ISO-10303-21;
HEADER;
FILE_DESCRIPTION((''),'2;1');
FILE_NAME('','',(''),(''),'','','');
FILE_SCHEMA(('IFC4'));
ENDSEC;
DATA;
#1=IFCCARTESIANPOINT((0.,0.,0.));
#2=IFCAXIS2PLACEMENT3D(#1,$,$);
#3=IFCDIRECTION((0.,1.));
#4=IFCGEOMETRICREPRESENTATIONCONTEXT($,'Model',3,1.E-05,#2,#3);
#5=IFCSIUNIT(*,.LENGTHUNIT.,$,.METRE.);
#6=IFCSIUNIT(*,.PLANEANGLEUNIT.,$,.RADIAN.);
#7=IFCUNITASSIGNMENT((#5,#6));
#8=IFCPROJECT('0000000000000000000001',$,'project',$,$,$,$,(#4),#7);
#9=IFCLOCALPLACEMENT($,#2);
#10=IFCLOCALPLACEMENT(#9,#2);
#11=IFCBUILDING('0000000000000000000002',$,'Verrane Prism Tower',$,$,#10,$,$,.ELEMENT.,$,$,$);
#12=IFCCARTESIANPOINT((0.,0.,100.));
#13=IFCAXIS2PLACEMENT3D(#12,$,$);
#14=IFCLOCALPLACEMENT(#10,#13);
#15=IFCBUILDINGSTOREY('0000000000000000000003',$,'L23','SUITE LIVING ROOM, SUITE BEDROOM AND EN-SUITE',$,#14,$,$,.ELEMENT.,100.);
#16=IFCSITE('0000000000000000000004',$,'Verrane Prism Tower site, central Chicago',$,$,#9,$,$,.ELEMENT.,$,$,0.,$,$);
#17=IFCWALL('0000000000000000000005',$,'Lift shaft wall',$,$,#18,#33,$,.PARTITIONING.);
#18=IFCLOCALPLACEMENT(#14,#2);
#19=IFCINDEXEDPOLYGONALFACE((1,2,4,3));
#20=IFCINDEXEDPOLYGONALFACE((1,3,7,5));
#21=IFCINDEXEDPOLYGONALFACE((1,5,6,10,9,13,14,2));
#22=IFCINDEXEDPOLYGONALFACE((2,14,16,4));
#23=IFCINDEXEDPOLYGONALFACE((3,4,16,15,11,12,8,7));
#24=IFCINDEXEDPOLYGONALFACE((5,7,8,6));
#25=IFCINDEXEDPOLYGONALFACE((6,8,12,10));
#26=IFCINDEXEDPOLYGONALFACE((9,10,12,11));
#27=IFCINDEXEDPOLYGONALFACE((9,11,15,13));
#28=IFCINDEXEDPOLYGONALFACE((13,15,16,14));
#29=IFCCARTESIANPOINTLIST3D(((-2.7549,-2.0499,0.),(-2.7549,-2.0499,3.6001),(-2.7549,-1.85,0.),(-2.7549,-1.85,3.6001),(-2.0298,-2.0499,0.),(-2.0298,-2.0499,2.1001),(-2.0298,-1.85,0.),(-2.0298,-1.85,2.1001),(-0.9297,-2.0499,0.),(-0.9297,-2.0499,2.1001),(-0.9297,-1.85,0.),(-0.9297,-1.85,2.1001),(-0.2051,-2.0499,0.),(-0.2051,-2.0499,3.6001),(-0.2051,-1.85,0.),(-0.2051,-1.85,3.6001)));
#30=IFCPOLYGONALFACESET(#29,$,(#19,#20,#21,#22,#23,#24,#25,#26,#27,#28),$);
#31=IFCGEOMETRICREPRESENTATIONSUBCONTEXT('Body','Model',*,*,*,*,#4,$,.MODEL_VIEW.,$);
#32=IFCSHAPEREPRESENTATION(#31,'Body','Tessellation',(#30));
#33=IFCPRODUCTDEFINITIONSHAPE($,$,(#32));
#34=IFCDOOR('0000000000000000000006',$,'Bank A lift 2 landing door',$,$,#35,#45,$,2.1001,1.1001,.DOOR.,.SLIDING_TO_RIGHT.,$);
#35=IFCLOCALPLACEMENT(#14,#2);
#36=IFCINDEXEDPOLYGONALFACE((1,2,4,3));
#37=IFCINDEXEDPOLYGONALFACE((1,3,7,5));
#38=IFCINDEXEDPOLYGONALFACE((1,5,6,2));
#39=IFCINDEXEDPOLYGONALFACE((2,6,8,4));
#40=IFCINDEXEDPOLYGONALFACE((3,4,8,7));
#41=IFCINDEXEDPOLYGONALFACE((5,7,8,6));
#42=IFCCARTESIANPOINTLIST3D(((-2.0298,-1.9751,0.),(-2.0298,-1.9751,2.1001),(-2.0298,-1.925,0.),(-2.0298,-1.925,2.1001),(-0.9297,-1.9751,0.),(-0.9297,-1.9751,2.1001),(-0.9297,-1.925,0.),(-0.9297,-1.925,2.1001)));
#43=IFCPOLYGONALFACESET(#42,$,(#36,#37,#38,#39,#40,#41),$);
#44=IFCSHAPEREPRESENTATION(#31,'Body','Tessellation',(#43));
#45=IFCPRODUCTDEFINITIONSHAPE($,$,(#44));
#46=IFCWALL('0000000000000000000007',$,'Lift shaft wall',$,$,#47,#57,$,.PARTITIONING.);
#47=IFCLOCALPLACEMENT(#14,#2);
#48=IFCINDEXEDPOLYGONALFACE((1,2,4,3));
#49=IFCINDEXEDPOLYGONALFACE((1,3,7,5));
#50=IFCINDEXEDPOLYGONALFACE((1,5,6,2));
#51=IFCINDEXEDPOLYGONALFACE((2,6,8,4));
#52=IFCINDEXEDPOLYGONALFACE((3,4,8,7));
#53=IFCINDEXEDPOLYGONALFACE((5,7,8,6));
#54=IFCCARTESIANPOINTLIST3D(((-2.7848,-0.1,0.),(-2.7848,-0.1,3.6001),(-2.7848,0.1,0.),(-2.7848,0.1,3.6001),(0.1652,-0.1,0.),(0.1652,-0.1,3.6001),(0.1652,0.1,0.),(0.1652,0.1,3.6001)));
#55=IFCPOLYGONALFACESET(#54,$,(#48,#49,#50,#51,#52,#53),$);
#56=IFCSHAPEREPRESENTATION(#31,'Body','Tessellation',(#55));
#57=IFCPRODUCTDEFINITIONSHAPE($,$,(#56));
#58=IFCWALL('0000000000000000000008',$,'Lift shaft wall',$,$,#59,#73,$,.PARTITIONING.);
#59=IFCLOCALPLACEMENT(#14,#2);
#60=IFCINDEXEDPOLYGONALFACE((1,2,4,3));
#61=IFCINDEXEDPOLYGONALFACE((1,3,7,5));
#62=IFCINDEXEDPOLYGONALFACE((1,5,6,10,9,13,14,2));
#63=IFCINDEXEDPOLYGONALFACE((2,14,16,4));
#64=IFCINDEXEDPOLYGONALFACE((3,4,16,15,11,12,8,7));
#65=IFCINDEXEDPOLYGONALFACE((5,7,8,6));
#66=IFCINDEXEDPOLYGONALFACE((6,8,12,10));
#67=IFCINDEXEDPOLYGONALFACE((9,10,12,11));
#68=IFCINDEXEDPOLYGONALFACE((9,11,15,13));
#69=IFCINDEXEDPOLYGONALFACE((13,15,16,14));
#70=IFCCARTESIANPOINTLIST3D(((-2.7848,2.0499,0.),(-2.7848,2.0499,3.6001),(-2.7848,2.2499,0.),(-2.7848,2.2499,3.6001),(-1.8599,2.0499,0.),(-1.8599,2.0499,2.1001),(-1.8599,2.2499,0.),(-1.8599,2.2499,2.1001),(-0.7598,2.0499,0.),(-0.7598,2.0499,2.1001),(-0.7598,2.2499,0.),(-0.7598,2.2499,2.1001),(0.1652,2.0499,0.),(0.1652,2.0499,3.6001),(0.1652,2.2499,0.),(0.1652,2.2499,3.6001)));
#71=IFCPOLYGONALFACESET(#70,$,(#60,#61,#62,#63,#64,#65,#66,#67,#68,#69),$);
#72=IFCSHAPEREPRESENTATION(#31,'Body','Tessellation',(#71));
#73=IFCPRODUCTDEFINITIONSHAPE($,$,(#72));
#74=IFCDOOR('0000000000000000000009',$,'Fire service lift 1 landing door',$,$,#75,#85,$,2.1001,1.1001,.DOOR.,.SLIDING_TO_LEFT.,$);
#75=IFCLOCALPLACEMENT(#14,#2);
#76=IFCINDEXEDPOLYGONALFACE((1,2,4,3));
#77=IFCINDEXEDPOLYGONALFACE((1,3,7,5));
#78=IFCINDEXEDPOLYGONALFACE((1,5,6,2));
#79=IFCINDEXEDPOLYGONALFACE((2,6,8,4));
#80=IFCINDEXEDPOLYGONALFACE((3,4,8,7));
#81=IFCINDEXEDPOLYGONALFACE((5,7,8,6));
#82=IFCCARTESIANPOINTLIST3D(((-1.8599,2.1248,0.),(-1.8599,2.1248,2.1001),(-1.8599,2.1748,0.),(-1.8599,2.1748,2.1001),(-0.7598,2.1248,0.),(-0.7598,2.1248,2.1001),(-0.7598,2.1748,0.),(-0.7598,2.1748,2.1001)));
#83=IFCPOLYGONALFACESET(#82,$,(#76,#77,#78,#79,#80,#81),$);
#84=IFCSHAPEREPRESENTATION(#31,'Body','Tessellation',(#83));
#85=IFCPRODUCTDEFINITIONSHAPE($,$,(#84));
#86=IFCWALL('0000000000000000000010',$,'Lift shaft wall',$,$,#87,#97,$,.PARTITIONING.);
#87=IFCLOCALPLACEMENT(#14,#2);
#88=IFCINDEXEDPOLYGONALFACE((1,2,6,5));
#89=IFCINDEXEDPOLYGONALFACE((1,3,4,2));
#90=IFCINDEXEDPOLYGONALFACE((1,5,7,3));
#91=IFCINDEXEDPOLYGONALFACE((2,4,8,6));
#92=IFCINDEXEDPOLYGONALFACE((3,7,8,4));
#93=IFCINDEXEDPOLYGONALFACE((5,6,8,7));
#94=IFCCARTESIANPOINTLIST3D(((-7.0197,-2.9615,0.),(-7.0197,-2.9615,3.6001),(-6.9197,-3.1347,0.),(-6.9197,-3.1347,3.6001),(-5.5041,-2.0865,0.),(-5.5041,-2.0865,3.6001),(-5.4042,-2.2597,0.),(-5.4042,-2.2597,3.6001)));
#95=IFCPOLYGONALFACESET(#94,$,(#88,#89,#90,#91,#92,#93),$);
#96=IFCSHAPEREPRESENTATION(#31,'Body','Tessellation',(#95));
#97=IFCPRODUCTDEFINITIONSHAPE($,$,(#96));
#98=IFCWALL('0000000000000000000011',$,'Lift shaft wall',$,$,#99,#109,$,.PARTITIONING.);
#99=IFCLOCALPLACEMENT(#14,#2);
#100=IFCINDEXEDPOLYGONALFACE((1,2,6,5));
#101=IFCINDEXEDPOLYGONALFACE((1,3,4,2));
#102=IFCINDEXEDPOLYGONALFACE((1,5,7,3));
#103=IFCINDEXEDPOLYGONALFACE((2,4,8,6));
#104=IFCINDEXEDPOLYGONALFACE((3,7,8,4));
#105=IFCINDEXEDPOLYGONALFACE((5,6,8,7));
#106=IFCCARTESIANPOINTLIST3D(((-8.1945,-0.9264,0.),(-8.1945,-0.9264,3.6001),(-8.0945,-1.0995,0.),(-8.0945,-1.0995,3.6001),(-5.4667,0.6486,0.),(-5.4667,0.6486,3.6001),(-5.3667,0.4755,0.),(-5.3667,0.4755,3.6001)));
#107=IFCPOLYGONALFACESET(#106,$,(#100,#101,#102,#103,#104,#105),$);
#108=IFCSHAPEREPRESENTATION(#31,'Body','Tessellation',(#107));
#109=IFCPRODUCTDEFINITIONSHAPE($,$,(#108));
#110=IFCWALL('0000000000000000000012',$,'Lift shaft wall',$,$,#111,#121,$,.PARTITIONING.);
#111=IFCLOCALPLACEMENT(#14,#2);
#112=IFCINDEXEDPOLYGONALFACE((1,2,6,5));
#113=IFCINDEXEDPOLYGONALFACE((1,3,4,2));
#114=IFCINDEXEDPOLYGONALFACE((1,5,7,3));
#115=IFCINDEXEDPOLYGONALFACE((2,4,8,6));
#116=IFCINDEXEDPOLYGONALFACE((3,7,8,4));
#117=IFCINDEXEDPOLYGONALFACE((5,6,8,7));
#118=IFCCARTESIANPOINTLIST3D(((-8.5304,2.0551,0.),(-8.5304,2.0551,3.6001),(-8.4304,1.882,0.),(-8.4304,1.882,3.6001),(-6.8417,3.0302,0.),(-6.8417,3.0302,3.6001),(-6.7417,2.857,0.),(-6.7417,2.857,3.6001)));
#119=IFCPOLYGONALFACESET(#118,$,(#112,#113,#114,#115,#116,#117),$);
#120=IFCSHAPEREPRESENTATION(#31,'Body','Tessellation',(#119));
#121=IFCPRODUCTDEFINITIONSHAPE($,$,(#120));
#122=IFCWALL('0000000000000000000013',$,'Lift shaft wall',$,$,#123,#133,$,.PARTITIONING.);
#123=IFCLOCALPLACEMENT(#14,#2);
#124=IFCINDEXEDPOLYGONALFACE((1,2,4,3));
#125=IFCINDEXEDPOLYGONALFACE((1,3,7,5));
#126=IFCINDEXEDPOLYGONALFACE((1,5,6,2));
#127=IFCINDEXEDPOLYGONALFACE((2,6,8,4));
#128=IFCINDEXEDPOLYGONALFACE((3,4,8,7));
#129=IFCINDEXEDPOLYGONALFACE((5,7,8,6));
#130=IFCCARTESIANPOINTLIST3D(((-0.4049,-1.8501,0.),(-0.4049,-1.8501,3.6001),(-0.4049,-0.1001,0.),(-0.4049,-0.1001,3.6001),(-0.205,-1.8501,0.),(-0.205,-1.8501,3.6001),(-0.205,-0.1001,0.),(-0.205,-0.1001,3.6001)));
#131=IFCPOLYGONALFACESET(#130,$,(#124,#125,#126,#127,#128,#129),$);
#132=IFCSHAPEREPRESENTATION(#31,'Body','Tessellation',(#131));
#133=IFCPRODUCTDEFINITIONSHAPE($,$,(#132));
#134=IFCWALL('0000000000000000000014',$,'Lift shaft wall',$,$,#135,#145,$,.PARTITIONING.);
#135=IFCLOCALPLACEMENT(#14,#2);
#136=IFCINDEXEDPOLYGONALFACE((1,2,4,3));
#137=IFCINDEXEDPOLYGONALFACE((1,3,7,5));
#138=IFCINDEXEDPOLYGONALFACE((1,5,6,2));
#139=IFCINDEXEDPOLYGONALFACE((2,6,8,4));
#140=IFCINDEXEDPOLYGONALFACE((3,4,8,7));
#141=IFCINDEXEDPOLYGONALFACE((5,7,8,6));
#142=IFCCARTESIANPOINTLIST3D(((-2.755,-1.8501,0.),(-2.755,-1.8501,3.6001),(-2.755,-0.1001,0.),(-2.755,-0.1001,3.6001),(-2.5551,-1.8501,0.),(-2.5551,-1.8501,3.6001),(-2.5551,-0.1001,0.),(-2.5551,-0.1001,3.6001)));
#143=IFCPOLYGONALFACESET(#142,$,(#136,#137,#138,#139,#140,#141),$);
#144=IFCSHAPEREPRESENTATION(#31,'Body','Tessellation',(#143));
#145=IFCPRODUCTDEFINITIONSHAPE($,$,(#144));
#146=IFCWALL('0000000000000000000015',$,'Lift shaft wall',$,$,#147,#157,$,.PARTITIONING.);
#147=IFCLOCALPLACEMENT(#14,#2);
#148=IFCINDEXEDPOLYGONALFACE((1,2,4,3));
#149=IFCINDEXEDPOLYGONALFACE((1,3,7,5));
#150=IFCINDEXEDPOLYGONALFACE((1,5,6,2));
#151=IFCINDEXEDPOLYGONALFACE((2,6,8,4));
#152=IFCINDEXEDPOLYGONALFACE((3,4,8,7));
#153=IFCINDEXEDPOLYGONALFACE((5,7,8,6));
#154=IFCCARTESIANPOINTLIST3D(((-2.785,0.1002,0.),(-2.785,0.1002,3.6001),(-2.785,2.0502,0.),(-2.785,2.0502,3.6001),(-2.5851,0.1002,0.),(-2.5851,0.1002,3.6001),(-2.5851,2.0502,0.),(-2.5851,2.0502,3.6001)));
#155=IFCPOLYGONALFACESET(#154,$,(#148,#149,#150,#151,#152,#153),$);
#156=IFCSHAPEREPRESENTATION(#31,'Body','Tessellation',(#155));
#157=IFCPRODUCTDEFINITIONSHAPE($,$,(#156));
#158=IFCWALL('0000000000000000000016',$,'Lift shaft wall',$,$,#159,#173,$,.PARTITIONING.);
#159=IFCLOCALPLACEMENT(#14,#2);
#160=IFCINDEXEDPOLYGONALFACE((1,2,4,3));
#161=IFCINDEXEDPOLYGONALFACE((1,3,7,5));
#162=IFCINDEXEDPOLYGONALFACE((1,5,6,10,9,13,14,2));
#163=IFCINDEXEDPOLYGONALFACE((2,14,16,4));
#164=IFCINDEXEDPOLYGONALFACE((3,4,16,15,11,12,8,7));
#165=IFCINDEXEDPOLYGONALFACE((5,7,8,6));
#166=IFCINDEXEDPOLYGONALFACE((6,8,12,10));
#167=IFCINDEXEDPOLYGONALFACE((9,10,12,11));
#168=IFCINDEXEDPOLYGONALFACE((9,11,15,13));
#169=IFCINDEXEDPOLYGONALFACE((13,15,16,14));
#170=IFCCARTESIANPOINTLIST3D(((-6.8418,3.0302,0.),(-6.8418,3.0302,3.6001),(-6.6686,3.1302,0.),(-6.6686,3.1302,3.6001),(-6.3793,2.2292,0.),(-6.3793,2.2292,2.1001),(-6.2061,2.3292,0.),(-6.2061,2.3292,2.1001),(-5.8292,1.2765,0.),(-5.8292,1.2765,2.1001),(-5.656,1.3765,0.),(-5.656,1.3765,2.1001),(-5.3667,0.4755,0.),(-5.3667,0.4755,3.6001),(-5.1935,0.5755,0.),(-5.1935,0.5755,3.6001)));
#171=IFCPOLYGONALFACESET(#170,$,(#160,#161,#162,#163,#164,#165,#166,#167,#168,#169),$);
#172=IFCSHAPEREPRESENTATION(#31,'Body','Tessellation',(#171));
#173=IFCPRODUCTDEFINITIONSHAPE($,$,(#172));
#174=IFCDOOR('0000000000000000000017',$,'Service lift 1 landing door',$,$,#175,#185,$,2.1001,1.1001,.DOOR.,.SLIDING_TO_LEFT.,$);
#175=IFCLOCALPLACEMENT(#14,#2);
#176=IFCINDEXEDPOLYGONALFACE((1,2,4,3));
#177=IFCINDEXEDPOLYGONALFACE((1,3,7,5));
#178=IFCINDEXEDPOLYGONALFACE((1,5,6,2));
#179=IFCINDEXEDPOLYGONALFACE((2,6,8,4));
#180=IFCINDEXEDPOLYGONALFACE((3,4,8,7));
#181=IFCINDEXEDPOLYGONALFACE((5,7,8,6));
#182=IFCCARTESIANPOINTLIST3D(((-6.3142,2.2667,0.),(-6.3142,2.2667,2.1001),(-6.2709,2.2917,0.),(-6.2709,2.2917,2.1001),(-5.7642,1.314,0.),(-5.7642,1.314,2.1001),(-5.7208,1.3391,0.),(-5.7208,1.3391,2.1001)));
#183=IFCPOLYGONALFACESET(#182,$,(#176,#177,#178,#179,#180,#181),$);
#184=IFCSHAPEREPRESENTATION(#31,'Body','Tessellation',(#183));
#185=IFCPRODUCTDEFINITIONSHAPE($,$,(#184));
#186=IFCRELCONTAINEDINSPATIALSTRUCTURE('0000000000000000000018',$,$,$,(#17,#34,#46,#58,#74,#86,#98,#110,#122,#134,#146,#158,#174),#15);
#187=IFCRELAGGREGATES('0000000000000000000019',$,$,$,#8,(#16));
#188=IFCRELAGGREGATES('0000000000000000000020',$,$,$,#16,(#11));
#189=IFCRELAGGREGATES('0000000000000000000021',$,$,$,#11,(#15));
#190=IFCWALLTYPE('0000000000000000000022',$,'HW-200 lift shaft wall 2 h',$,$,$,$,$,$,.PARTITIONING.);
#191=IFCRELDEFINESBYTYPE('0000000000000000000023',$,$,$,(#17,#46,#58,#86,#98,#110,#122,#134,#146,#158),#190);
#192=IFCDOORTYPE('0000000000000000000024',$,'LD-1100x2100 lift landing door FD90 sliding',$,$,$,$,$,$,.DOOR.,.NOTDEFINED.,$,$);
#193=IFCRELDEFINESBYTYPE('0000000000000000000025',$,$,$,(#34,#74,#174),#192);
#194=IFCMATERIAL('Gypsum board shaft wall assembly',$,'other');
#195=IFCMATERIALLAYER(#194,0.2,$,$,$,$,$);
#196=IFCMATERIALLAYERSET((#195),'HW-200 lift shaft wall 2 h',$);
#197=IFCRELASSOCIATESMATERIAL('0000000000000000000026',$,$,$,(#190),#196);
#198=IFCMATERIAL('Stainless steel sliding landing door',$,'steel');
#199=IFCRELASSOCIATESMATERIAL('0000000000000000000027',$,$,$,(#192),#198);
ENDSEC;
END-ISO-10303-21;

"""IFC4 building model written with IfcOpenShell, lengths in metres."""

from ifc_helpers import new_model, si_unit, direction, frame, frame_2d, origin, place, context, subcontext, project, spatial, rectangle, extrude, material, layer, layer_set, type_object, element, fill, save


model = new_model("IFC4")

# Units and contexts
model_context = context("Model", 3, precision=1e-05, world=origin(), true_north=direction((0.0, 1.0)))
body_context = subcontext(model_context, "Body", "Model", "MODEL_VIEW")
ifc_project = project(units=[si_unit("LENGTHUNIT", "METRE"), si_unit("PLANEANGLEUNIT", "RADIAN")], contexts=[model_context])

# Site, building, storey
site_placement = place(None, origin())
site = spatial("IfcSite", under=ifc_project, at=site_placement, Name="Verrane Prism Tower site, central Chicago", CompositionType="ELEMENT", RefElevation=0.0)
building_placement = place(site_placement, origin())
building = spatial("IfcBuilding", under=site, at=building_placement, Name="Verrane Prism Tower", CompositionType="ELEMENT")
storey_placement = place(building_placement, frame((0.0, 0.0, 100.0)))
storey = spatial("IfcBuildingStorey", under=building, at=storey_placement, Name="L23", Description="SUITE LIVING ROOM, SUITE BEDROOM AND EN-SUITE", CompositionType="ELEMENT", Elevation=100.0)

# Wall, opening, door
ifc_material_1 = material(Name="Gypsum board shaft wall assembly", Category="other")
ifc_layer_1 = layer(ifc_material_1, 0.2)
ifc_layer_set_1 = layer_set([ifc_layer_1], Name="HW-200 lift shaft wall 2 h")
wall_type_1 = type_object("IfcWallType", Name="HW-200 lift shaft wall 2 h", PredefinedType="PARTITIONING", material=ifc_layer_set_1)
wall_1_placement = place(storey_placement, frame((-2.7549, -1.95, 0.0), z_axis=(0.0, 0.0, 1.0), x_axis=(1.0, 0.0, 0.0)))
wall_1 = element("IfcWall", 1, at=wall_1_placement, inside=storey, type_object=wall_type_1, Name="Lift shaft wall", PredefinedType="PARTITIONING", context=body_context, shape_type="SweptSolid", body=[
    extrude(rectangle(XDim=2.5498, YDim=0.2, at=frame_2d((1.2749, 0.0))), origin(), (0.0, 0.0, 1.0), 3.6001),
])
opening_1_placement = place(wall_1_placement, frame((0.7251, 0.0, 0.0)))
opening_1 = element("IfcOpeningElement", 2, at=opening_1_placement, cuts=wall_1, PredefinedType="OPENING", context=body_context, shape_type="SweptSolid", body=[
    extrude(rectangle(XDim=1.1001, YDim=2.1001, at=frame_2d((0.55, 1.05))), frame((0.0, 0.1099, 0.0), z_axis=(0.0, -1.0, 0.0), x_axis=(1.0, 0.0, 0.0)), (0.0, 0.0, 1.0), 0.22),
])
ifc_material_2 = material(Name="Stainless steel sliding landing door", Category="steel")
door_type_1 = type_object("IfcDoorType", Name="LD-1100x2100 lift landing door FD90 sliding", OperationType="NOTDEFINED", PredefinedType="DOOR", material=ifc_material_2)
door_1_placement = place(opening_1_placement, origin())
door_1 = element("IfcDoor", 3, at=door_1_placement, inside=storey, type_object=door_type_1, Name="Bank A lift 2 landing door", OperationType="SLIDING_TO_RIGHT", OverallHeight=2.1001, OverallWidth=1.1001, PredefinedType="DOOR", context=body_context, shape_type="SweptSolid", body=[
    extrude(rectangle(XDim=1.1001, YDim=2.1001, at=frame_2d((0.55, 1.05))), frame((0.0, 0.0249, 0.0), z_axis=(0.0, -1.0, 0.0), x_axis=(1.0, 0.0, 0.0)), (0.0, 0.0, 1.0), 0.05),
])
fill(opening_1, door_1)

# Wall
wall_2_placement = place(storey_placement, frame((-2.7849, 0.0, 0.0), z_axis=(0.0, 0.0, 1.0), x_axis=(1.0, 0.0, 0.0)))
element("IfcWall", 4, at=wall_2_placement, inside=storey, type_object=wall_type_1, Name="Lift shaft wall", PredefinedType="PARTITIONING", context=body_context, shape_type="SweptSolid", body=[
    extrude(rectangle(XDim=2.95, YDim=0.2, at=frame_2d((1.4751, 0.0))), origin(), (0.0, 0.0, 1.0), 3.6001),
])

# Wall, opening, door
wall_3_placement = place(storey_placement, frame((-2.7849, 2.1499, 0.0), z_axis=(0.0, 0.0, 1.0), x_axis=(1.0, 0.0, 0.0)))
wall_3 = element("IfcWall", 5, at=wall_3_placement, inside=storey, type_object=wall_type_1, Name="Lift shaft wall", PredefinedType="PARTITIONING", context=body_context, shape_type="SweptSolid", body=[
    extrude(rectangle(XDim=2.95, YDim=0.2, at=frame_2d((1.4751, 0.0))), origin(), (0.0, 0.0, 1.0), 3.6001),
])
opening_2_placement = place(wall_3_placement, frame((0.925, 0.0, 0.0)))
opening_2 = element("IfcOpeningElement", 6, at=opening_2_placement, cuts=wall_3, PredefinedType="OPENING", context=body_context, shape_type="SweptSolid", body=[
    extrude(rectangle(XDim=1.1001, YDim=2.1001, at=frame_2d((0.55, 1.05))), frame((0.0, 0.1099, 0.0), z_axis=(0.0, -1.0, 0.0), x_axis=(1.0, 0.0, 0.0)), (0.0, 0.0, 1.0), 0.22),
])
door_2_placement = place(opening_2_placement, origin())
door_2 = element("IfcDoor", 7, at=door_2_placement, inside=storey, type_object=door_type_1, Name="Fire service lift 1 landing door", OperationType="SLIDING_TO_LEFT", OverallHeight=2.1001, OverallWidth=1.1001, PredefinedType="DOOR", context=body_context, shape_type="SweptSolid", body=[
    extrude(rectangle(XDim=1.1001, YDim=2.1001, at=frame_2d((0.55, 1.05))), frame((0.0, 0.0249, 0.0), z_axis=(0.0, -1.0, 0.0), x_axis=(1.0, 0.0, 0.0)), (0.0, 0.0, 1.0), 0.05),
])
fill(opening_2, door_2)

# Walls
wall_4_placement = place(storey_placement, frame((-6.9697, -3.0481, 0.0), z_axis=(0.0, 0.0, 1.0), x_axis=(0.866037, 0.49998, 0.0)))
element("IfcWall", 8, at=wall_4_placement, inside=storey, type_object=wall_type_1, Name="Lift shaft wall", PredefinedType="PARTITIONING", context=body_context, shape_type="SweptSolid", body=[
    extrude(rectangle(XDim=1.75, YDim=0.2, at=frame_2d((0.875, 0.0))), origin(), (0.0, 0.0, 1.0), 3.6001),
])
wall_5_placement = place(storey_placement, frame((-8.1445, -1.0129, 0.0), z_axis=(0.0, 0.0, 1.0), x_axis=(0.866016, 0.500015, 0.0)))
element("IfcWall", 9, at=wall_5_placement, inside=storey, type_object=wall_type_1, Name="Lift shaft wall", PredefinedType="PARTITIONING", context=body_context, shape_type="SweptSolid", body=[
    extrude(rectangle(XDim=3.1499, YDim=0.2, at=frame_2d((1.575, 0.0))), origin(), (0.0, 0.0, 1.0), 3.6001),
])
wall_6_placement = place(storey_placement, frame((-8.4805, 1.9685, 0.0), z_axis=(0.0, 0.0, 1.0), x_axis=(0.866, 0.500044, 0.0)))
element("IfcWall", 10, at=wall_6_placement, inside=storey, type_object=wall_type_1, Name="Lift shaft wall", PredefinedType="PARTITIONING", context=body_context, shape_type="SweptSolid", body=[
    extrude(rectangle(XDim=1.95, YDim=0.2, at=frame_2d((0.9751, 0.0))), origin(), (0.0, 0.0, 1.0), 3.6001),
])
for number, where, z_axis, x_axis, name in (
    (11, (-0.3049, -1.8501, 0.0), (0.0, 0.0, 1.0), (0.0, 1.0, 0.0), "Lift shaft wall"),
    (12, (-2.655, -1.8501, 0.0), (0.0, 0.0, 1.0), (0.0, 1.0, 0.0), "Lift shaft wall"),
):
    element("IfcWall", number, at=place(storey_placement, frame(where, z_axis=z_axis, x_axis=x_axis)), inside=storey, type_object=wall_type_1, Name=name, PredefinedType="PARTITIONING", context=body_context, shape_type="SweptSolid", body=[
        extrude(rectangle(XDim=1.75, YDim=0.2, at=frame_2d((0.875, 0.0))), origin(), (0.0, 0.0, 1.0), 3.6001),
    ])
wall_7_placement = place(storey_placement, frame((-2.6851, 0.1001, 0.0), z_axis=(0.0, 0.0, 1.0), x_axis=(0.0, 1.0, 0.0)))
element("IfcWall", 13, at=wall_7_placement, inside=storey, type_object=wall_type_1, Name="Lift shaft wall", PredefinedType="PARTITIONING", context=body_context, shape_type="SweptSolid", body=[
    extrude(rectangle(XDim=1.95, YDim=0.2, at=frame_2d((0.9751, 0.0))), origin(), (0.0, 0.0, 1.0), 3.6001),
])

# Wall, opening, door
wall_8_placement = place(storey_placement, frame((-5.28, 0.5254, 0.0), z_axis=(0.0, 0.0, 1.0), x_axis=(-0.500038, 0.866004, 0.0)))
wall_8 = element("IfcWall", 14, at=wall_8_placement, inside=storey, type_object=wall_type_1, Name="Lift shaft wall", PredefinedType="PARTITIONING", context=body_context, shape_type="SweptSolid", body=[
    extrude(rectangle(XDim=2.95, YDim=0.2, at=frame_2d((1.4751, 0.0))), origin(), (0.0, 0.0, 1.0), 3.6001),
])
opening_3_placement = place(wall_8_placement, frame((0.925, 0.0, 0.0)))
opening_3 = element("IfcOpeningElement", 15, at=opening_3_placement, cuts=wall_8, PredefinedType="OPENING", context=body_context, shape_type="SweptSolid", body=[
    extrude(rectangle(XDim=1.1001, YDim=2.1001, at=frame_2d((0.55, 1.05))), frame((0.0, 0.1099, 0.0), z_axis=(0.0, -1.0, 0.0), x_axis=(1.0, 0.0, 0.0)), (0.0, 0.0, 1.0), 0.22),
])
door_3_placement = place(opening_3_placement, origin())
door_3 = element("IfcDoor", 16, at=door_3_placement, inside=storey, type_object=door_type_1, Name="Service lift 1 landing door", OperationType="SLIDING_TO_LEFT", OverallHeight=2.1001, OverallWidth=1.1001, PredefinedType="DOOR", context=body_context, shape_type="SweptSolid", body=[
    extrude(rectangle(XDim=1.1001, YDim=2.1001, at=frame_2d((0.55, 1.05))), frame((0.0, 0.0249, 0.0), z_axis=(0.0, -1.0, 0.0), x_axis=(1.0, 0.0, 0.0)), (0.0, 0.0, 1.0), 0.05),
])
fill(opening_3, door_3)

save(model, "model.ifc")
